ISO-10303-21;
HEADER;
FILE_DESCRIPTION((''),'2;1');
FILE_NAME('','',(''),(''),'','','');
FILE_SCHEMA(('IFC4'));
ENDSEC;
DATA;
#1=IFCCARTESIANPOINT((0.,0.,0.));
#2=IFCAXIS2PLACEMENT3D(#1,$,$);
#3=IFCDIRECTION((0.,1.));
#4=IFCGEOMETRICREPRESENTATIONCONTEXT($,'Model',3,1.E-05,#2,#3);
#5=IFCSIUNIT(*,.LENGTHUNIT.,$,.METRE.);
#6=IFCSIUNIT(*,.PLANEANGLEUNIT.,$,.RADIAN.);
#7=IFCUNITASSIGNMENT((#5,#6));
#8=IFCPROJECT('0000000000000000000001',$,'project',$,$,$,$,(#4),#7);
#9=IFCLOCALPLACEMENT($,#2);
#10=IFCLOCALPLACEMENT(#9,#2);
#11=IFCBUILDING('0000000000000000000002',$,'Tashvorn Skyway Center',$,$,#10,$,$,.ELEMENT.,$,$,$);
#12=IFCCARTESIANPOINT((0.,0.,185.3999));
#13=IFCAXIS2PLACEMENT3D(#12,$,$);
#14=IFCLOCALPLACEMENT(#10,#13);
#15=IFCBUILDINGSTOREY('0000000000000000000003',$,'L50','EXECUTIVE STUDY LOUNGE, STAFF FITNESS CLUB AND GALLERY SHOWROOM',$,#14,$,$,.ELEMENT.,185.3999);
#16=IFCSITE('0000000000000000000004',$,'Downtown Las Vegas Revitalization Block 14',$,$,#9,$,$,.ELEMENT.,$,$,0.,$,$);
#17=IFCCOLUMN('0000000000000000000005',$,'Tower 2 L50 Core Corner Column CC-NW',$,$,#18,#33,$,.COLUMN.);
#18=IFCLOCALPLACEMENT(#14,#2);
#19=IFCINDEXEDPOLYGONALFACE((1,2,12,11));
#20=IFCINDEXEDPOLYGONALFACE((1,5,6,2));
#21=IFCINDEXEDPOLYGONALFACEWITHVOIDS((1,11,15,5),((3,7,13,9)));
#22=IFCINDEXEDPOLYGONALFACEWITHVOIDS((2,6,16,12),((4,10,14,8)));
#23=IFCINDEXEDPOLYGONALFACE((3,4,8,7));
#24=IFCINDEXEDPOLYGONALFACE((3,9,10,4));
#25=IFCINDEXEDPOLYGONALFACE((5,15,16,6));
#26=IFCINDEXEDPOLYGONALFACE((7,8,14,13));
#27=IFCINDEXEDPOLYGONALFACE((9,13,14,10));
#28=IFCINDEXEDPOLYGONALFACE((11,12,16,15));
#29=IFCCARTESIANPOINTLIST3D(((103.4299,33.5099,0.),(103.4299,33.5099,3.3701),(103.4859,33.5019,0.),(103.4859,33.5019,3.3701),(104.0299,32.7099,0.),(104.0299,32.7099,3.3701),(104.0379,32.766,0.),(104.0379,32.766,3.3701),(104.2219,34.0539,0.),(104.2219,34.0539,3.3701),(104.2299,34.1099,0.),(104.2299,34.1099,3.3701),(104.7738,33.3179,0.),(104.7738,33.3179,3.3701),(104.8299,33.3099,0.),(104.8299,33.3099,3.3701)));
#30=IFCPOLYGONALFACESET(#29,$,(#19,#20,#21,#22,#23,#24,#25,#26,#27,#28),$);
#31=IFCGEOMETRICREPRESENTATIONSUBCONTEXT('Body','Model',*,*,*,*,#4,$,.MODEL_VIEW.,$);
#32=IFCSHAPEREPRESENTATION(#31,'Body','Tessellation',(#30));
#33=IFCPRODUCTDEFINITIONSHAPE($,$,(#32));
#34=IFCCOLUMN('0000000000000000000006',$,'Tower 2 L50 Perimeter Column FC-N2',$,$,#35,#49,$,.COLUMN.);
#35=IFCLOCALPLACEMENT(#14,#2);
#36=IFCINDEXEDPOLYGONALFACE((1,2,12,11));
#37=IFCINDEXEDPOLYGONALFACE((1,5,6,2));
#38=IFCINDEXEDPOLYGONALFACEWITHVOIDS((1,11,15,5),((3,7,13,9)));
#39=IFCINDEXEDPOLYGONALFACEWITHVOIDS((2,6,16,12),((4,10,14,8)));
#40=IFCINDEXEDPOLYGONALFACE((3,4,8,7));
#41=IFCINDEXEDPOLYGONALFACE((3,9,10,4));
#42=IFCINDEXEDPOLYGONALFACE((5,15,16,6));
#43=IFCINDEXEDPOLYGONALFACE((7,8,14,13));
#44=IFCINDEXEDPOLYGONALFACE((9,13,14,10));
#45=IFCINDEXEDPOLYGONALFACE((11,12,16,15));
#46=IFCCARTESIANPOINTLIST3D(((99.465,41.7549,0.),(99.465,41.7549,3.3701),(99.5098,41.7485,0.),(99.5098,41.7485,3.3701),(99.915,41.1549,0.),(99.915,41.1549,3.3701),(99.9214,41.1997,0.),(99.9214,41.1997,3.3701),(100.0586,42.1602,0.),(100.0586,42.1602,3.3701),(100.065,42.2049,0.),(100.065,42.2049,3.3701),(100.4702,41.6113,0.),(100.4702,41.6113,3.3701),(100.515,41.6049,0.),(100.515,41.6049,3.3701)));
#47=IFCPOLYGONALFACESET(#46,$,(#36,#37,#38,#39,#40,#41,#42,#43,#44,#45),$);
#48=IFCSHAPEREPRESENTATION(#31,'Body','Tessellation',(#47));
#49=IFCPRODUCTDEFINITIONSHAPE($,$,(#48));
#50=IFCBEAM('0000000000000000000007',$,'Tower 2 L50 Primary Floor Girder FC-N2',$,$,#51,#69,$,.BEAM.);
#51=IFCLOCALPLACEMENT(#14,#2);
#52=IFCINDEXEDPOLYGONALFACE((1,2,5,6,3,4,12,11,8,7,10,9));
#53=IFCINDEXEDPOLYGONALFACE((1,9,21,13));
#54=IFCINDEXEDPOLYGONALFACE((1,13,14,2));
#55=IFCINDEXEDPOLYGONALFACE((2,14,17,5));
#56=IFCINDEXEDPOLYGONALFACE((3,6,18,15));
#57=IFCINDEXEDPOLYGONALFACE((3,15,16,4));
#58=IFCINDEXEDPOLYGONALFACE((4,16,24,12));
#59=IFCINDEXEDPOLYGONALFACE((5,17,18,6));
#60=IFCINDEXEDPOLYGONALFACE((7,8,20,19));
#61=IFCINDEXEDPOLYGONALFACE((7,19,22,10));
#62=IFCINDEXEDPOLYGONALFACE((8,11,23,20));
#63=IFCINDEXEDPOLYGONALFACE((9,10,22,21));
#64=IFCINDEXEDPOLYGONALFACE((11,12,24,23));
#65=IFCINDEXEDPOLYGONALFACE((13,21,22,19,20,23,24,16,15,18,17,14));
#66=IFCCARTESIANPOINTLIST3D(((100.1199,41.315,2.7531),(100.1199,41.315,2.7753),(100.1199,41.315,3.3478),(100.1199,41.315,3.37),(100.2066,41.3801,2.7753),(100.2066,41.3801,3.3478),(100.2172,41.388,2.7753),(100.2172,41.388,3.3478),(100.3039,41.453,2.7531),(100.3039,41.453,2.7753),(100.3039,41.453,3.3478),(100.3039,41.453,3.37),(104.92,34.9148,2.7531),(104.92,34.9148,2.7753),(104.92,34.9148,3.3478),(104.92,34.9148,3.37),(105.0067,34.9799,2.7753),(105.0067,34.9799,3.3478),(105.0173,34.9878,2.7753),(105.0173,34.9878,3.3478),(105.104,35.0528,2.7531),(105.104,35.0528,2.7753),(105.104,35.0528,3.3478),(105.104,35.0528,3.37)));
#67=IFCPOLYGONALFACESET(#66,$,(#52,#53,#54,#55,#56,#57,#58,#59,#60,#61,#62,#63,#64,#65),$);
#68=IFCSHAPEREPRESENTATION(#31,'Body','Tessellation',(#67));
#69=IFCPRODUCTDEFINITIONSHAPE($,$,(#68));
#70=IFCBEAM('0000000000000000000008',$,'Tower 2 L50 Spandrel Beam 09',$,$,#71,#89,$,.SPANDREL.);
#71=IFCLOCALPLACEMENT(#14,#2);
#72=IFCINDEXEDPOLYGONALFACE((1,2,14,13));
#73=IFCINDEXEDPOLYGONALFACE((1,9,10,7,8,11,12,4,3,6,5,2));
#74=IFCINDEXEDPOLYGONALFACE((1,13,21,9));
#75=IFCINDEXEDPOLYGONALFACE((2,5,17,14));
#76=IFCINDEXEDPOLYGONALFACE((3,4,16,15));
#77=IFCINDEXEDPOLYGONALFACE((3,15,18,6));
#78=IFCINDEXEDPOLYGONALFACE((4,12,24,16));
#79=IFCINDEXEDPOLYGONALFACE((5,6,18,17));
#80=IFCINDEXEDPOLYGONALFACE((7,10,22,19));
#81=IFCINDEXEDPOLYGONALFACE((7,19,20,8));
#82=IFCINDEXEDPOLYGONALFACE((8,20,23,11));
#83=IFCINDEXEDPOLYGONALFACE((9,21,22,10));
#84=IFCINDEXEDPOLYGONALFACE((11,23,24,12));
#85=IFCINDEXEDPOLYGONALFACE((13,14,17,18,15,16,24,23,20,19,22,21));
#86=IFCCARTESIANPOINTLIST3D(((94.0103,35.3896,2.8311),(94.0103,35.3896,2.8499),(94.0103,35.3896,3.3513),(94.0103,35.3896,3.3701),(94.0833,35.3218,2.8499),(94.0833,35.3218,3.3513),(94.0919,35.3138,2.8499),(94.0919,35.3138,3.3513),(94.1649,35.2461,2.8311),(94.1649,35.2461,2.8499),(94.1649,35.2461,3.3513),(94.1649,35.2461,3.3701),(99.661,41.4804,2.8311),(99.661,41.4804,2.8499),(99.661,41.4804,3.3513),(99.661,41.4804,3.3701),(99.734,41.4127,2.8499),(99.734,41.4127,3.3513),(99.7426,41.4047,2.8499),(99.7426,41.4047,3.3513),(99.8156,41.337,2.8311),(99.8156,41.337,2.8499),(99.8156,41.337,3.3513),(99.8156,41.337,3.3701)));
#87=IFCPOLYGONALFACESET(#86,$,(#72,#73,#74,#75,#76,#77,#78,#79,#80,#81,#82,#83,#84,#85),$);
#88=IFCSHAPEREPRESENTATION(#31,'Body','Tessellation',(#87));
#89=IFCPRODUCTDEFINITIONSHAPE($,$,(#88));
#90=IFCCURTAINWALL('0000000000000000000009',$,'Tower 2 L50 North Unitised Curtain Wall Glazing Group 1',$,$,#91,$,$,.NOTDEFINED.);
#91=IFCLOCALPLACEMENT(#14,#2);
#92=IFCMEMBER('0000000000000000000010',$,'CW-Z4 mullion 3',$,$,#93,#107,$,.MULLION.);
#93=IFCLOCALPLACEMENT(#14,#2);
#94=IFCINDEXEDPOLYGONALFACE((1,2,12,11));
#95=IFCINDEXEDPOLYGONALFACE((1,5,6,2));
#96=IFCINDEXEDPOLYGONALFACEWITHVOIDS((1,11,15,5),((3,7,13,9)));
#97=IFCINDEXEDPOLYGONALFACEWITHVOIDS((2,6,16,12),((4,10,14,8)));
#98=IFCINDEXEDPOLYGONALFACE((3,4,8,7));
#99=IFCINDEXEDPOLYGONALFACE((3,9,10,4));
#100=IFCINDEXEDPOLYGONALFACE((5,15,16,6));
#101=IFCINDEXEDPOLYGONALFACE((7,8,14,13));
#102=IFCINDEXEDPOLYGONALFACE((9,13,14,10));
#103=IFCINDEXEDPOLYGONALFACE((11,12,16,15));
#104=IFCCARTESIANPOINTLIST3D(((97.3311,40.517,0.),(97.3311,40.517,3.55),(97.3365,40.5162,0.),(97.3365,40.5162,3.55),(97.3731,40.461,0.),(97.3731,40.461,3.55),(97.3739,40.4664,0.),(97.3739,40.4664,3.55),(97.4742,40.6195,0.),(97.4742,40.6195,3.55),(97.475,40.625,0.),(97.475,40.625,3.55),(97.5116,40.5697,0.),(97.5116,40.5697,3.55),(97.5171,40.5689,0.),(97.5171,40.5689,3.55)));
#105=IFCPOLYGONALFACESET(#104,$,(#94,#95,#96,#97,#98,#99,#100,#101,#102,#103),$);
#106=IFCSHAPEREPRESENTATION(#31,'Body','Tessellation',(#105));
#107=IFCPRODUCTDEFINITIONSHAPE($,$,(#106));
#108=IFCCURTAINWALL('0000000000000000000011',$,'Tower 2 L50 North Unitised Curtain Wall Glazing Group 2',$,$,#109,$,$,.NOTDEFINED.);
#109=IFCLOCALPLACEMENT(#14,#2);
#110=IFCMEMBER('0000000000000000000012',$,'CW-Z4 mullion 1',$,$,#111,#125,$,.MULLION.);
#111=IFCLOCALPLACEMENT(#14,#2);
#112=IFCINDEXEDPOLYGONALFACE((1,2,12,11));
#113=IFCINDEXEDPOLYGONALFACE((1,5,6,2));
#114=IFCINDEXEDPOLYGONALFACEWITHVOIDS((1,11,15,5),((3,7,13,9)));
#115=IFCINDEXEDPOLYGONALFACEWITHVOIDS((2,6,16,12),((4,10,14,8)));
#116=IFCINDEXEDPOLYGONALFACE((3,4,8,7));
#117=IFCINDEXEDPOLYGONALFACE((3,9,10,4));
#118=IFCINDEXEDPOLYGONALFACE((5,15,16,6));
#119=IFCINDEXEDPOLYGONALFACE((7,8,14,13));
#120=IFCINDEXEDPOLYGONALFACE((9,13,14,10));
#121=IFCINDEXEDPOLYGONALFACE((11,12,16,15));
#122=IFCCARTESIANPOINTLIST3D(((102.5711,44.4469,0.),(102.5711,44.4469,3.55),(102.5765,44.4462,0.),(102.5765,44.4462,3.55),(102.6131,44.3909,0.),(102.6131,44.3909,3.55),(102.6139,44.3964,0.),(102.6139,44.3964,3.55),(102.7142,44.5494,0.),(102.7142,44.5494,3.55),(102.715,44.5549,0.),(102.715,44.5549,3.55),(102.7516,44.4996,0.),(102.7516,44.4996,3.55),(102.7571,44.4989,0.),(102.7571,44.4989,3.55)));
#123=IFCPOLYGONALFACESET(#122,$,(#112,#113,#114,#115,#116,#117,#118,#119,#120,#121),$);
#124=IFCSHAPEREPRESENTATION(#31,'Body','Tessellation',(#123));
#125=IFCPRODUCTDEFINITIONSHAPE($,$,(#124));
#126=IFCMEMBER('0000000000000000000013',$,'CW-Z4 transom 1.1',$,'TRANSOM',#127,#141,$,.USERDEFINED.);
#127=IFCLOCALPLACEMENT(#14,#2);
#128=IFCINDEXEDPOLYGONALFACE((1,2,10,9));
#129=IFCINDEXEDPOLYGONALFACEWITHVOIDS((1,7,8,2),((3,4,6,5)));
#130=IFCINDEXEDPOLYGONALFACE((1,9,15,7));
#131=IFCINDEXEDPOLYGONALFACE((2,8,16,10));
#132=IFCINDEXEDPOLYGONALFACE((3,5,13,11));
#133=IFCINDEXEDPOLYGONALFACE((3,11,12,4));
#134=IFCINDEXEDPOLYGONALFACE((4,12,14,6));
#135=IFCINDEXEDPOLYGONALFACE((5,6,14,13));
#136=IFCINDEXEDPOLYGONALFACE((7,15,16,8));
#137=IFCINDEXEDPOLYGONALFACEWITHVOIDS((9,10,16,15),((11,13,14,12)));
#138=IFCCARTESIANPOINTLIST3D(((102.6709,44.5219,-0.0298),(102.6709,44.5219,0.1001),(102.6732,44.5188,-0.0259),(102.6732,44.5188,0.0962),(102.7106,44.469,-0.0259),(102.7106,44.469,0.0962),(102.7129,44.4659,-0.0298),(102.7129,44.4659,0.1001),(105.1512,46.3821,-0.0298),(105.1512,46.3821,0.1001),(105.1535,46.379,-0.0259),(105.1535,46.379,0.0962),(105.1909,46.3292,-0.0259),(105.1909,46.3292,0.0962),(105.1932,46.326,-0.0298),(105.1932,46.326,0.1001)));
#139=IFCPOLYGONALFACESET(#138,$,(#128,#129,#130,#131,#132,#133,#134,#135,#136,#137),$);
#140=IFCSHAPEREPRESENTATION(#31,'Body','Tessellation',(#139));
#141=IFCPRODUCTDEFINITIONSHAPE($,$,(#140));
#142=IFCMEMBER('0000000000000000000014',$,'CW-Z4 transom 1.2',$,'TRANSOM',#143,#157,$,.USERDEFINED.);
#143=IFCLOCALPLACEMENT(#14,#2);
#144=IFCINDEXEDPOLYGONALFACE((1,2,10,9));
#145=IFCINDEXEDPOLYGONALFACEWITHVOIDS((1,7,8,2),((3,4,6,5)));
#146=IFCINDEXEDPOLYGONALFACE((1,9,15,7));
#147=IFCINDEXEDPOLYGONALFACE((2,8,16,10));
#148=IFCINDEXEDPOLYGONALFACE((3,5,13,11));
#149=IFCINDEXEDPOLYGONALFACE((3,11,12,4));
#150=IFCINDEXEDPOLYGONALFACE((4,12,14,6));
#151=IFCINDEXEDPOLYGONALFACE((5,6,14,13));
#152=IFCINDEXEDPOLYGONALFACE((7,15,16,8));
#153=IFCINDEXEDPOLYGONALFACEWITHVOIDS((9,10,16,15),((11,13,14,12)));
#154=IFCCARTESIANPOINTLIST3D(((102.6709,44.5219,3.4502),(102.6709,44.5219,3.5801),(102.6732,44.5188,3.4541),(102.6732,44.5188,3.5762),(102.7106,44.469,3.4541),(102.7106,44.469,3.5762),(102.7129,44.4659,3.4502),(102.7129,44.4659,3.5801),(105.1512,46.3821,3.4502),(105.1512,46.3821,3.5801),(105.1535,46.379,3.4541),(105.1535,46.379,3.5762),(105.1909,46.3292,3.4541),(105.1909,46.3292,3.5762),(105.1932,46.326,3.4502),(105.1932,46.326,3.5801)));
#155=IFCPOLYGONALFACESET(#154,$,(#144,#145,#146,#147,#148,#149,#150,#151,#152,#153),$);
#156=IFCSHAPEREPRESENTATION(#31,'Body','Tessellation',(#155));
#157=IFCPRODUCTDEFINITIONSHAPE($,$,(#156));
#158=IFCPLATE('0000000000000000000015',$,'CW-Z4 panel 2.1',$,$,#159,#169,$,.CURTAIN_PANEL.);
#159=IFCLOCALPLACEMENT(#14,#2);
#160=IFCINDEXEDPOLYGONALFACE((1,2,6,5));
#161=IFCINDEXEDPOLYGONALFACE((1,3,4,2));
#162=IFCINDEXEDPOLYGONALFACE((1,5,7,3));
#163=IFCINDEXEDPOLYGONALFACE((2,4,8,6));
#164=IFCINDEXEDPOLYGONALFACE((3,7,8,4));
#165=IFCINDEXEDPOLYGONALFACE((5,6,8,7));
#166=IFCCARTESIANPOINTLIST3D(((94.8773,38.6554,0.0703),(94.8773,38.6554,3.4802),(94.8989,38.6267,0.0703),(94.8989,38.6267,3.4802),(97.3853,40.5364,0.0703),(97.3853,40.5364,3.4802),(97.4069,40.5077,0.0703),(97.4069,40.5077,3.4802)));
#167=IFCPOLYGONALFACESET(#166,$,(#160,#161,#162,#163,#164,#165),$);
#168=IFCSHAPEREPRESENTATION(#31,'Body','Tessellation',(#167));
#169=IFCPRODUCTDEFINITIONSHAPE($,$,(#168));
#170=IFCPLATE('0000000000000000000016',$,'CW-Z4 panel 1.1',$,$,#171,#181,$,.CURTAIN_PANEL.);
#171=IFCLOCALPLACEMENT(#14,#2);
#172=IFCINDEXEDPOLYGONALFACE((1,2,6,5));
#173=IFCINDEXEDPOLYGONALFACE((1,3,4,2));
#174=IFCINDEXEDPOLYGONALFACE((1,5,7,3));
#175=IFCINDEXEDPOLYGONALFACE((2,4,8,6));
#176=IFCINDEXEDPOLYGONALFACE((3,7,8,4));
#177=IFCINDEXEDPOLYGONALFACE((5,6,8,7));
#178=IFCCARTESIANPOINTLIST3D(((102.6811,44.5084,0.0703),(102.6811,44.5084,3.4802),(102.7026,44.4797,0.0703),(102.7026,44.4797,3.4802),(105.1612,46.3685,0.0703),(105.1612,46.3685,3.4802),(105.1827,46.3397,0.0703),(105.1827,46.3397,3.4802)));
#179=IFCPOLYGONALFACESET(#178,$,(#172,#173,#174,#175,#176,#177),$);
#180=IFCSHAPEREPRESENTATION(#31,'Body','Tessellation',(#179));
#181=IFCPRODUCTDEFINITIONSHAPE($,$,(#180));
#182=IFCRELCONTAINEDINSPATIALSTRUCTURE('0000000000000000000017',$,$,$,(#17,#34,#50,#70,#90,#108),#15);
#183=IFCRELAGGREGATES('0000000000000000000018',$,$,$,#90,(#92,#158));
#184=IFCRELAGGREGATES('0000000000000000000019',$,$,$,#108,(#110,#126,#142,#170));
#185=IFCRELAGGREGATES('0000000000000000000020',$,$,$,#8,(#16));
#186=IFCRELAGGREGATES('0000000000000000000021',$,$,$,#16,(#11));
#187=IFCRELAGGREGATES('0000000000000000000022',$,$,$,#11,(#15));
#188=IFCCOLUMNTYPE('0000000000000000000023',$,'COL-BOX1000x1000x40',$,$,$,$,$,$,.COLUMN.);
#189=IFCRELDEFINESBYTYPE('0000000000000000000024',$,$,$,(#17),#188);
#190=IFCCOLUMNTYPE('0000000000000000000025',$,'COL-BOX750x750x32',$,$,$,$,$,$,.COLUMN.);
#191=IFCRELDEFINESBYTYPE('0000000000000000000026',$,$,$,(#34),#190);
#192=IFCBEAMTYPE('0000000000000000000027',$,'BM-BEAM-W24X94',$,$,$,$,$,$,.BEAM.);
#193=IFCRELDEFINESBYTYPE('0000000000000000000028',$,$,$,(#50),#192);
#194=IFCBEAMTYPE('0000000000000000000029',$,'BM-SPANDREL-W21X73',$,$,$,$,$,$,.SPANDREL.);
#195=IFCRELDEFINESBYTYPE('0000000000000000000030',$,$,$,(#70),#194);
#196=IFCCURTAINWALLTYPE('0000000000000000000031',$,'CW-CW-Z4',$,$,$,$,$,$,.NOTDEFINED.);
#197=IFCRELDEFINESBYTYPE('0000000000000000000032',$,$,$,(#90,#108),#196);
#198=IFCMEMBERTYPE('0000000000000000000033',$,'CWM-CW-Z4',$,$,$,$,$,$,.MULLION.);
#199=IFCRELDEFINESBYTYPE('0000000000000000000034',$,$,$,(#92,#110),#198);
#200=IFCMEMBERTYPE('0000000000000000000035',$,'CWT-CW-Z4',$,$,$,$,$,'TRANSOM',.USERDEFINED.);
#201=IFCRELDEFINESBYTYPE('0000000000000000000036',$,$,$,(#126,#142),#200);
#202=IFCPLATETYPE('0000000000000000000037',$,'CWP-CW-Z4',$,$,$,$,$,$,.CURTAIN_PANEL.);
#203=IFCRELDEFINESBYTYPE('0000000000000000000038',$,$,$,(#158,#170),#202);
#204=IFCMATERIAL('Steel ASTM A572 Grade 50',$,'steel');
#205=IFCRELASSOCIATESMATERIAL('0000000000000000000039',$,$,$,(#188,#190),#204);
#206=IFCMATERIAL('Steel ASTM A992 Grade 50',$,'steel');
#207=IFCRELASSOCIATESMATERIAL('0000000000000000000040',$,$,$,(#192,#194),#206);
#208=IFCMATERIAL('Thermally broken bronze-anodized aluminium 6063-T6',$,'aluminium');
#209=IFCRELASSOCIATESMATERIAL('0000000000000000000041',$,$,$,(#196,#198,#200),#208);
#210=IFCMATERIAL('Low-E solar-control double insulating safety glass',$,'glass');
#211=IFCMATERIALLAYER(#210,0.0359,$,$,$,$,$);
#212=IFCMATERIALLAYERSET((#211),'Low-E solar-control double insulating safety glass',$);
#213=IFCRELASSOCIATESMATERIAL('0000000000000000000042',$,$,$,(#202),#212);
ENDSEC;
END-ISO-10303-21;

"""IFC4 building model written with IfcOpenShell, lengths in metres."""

from ifc_helpers import new_model, si_unit, direction, frame, origin, origin_2d, place, context, subcontext, project, spatial, rectangle, hollow_rectangle, i_section, extrude, material, layer, layer_set, material_profile, profile_set, type_object, element, aggregate, save


model = new_model("IFC4")

# Units and contexts
model_context = context("Model", 3, precision=1e-05, world=origin(), true_north=direction((0.0, 1.0)))
body_context = subcontext(model_context, "Body", "Model", "MODEL_VIEW")
ifc_project = project(units=[si_unit("LENGTHUNIT", "METRE"), si_unit("PLANEANGLEUNIT", "RADIAN")], contexts=[model_context])

# Site, building, storey
site_placement = place(None, origin())
site = spatial("IfcSite", under=ifc_project, at=site_placement, Name="Downtown Las Vegas Revitalization Block 14", CompositionType="ELEMENT", RefElevation=0.0)
building_placement = place(site_placement, origin())
building = spatial("IfcBuilding", under=site, at=building_placement, Name="Tashvorn Skyway Center", CompositionType="ELEMENT")
storey_placement = place(building_placement, frame((0.0, 0.0, 185.3999)))
storey = spatial("IfcBuildingStorey", under=building, at=storey_placement, Name="L50", Description="EXECUTIVE STUDY LOUNGE, STAFF FITNESS CLUB AND GALLERY SHOWROOM", CompositionType="ELEMENT", Elevation=185.3999)

# Columns
ifc_material_1 = material(Name="Steel ASTM A572 Grade 50", Category="steel")
ifc_material_profile_1 = material_profile(ifc_material_1, hollow_rectangle(XDim=1.0, YDim=1.0, WallThickness=0.04, at=origin_2d()), Name="BOX1000x1000x40")
ifc_profile_set_1 = profile_set([ifc_material_profile_1], Name="Steel ASTM A572 Grade 50")
column_type_1 = type_object("IfcColumnType", Name="COL-BOX1000x1000x40", PredefinedType="COLUMN", material=ifc_profile_set_1)
column_1_placement = place(storey_placement, frame((104.1299, 33.4099, 0.0), z_axis=(0.0, 0.0, 1.0), x_axis=(0.8, 0.6, 0.0)))
element("IfcColumn", 1, at=column_1_placement, inside=storey, type_object=column_type_1, Name="Tower 2 L50 Core Corner Column CC-NW", PredefinedType="COLUMN", context=body_context, shape_type="SweptSolid", body=[
    extrude(hollow_rectangle(XDim=1.0, YDim=1.0, WallThickness=0.04, at=origin_2d()), origin(), (0.0, 0.0, 1.0), 3.3701),
])
ifc_material_profile_2 = material_profile(ifc_material_1, hollow_rectangle(XDim=0.75, YDim=0.75, WallThickness=0.032, at=origin_2d()), Name="BOX750x750x32")
ifc_profile_set_2 = profile_set([ifc_material_profile_2], Name="Steel ASTM A572 Grade 50")
column_type_2 = type_object("IfcColumnType", Name="COL-BOX750x750x32", PredefinedType="COLUMN", material=ifc_profile_set_2)
column_2_placement = place(storey_placement, frame((99.99, 41.6799, 0.0), z_axis=(0.0, 0.0, 1.0), x_axis=(0.8, 0.6, 0.0)))
element("IfcColumn", 2, at=column_2_placement, inside=storey, type_object=column_type_2, Name="Tower 2 L50 Perimeter Column FC-N2", PredefinedType="COLUMN", context=body_context, shape_type="SweptSolid", body=[
    extrude(hollow_rectangle(XDim=0.75, YDim=0.75, WallThickness=0.032, at=origin_2d()), origin(), (0.0, 0.0, 1.0), 3.3701),
])

# Beams
ifc_material_2 = material(Name="Steel ASTM A992 Grade 50", Category="steel")
ifc_material_profile_3 = material_profile(ifc_material_2, i_section(OverallWidth=0.23, OverallDepth=0.6169, WebThickness=0.0132, FlangeThickness=0.0222, at=origin_2d()), Name="W24X94")
ifc_profile_set_3 = profile_set([ifc_material_profile_3], Name="Steel ASTM A992 Grade 50")
beam_type_1 = type_object("IfcBeamType", Name="BM-BEAM-W24X94", PredefinedType="BEAM", material=ifc_profile_set_3)
beam_1_placement = place(storey_placement, frame((100.2119, 41.384, 3.0615), z_axis=(0.599995, -0.800004, 0.0), x_axis=(0.800004, 0.599995, 0.0)))
element("IfcBeam", 3, at=beam_1_placement, inside=storey, type_object=beam_type_1, Name="Tower 2 L50 Primary Floor Girder FC-N2", PredefinedType="BEAM", context=body_context, shape_type="SweptSolid", body=[
    extrude(i_section(OverallWidth=0.23, OverallDepth=0.6169, WebThickness=0.0132, FlangeThickness=0.0222, at=origin_2d()), origin(), (0.0, 0.0, 1.0), 8.0002),
])
ifc_material_profile_4 = material_profile(ifc_material_2, i_section(OverallWidth=0.2109, OverallDepth=0.5391, WebThickness=0.0117, FlangeThickness=0.0188, at=origin_2d()), Name="W21X73")
ifc_profile_set_4 = profile_set([ifc_material_profile_4], Name="Steel ASTM A992 Grade 50")
beam_type_2 = type_object("IfcBeamType", Name="BM-SPANDREL-W21X73", PredefinedType="SPANDREL", material=ifc_profile_set_4)
beam_2_placement = place(storey_placement, frame((99.7383, 41.4087, 3.1006), z_axis=(-0.68012, -0.733101, 0.0), x_axis=(0.733101, -0.68012, 0.0)))
element("IfcBeam", 4, at=beam_2_placement, inside=storey, type_object=beam_type_2, Name="Tower 2 L50 Spandrel Beam 09", PredefinedType="SPANDREL", context=body_context, shape_type="SweptSolid", body=[
    extrude(i_section(OverallWidth=0.2109, OverallDepth=0.5391, WebThickness=0.0117, FlangeThickness=0.0188, at=origin_2d()), origin(), (0.0, 0.0, 1.0), 8.3083),
])

# Curtain wall, member
ifc_material_3 = material(Name="Thermally broken bronze-anodized aluminium 6063-T6", Category="aluminium")
curtain_wall_type = type_object("IfcCurtainWallType", Name="CW-CW-Z4", PredefinedType="NOTDEFINED", material=ifc_material_3)
curtain_wall_1_placement = place(storey_placement, origin())
curtain_wall_1 = element("IfcCurtainWall", 5, at=curtain_wall_1_placement, inside=storey, type_object=curtain_wall_type, Name="Tower 2 L50 North Unitised Curtain Wall Glazing Group 1", PredefinedType="NOTDEFINED")
ifc_material_profile_5 = material_profile(ifc_material_3, hollow_rectangle(XDim=0.0701, YDim=0.1799, WallThickness=0.0039, at=origin_2d()), Name="ALU-MULL-70x180")
ifc_profile_set_5 = profile_set([ifc_material_profile_5], Name="Thermally broken bronze-anodized aluminium 6063-T6")
member_type_1 = type_object("IfcMemberType", Name="CWM-CW-Z4", PredefinedType="MULLION", material=ifc_profile_set_5)
member_1_placement = place(storey_placement, frame((97.4241, 40.543, 0.0), z_axis=(0.0, 0.0, 1.0), x_axis=(-0.6, 0.8, 0.0)))
member_1 = element("IfcMember", 6, at=member_1_placement, type_object=member_type_1, Name="CW-Z4 mullion 3", PredefinedType="MULLION", context=body_context, shape_type="SweptSolid", body=[
    extrude(hollow_rectangle(XDim=0.0701, YDim=0.1799, WallThickness=0.0039, at=origin_2d()), origin(), (0.0, 0.0, 1.0), 3.55),
])

# Curtain wall, members
curtain_wall_2_placement = place(storey_placement, origin())
curtain_wall_2 = element("IfcCurtainWall", 7, at=curtain_wall_2_placement, inside=storey, type_object=curtain_wall_type, Name="Tower 2 L50 North Unitised Curtain Wall Glazing Group 2", PredefinedType="NOTDEFINED")
member_2_placement = place(storey_placement, frame((102.6641, 44.4729, 0.0), z_axis=(0.0, 0.0, 1.0), x_axis=(-0.6, 0.8, 0.0)))
member_2 = element("IfcMember", 8, at=member_2_placement, type_object=member_type_1, Name="CW-Z4 mullion 1", PredefinedType="MULLION", context=body_context, shape_type="SweptSolid", body=[
    extrude(hollow_rectangle(XDim=0.0701, YDim=0.1799, WallThickness=0.0039, at=origin_2d()), origin(), (0.0, 0.0, 1.0), 3.55),
])
ifc_material_profile_6 = material_profile(ifc_material_3, hollow_rectangle(XDim=0.0701, YDim=0.1299, WallThickness=0.0039, at=origin_2d()), Name="ALU-TRAN-70x130")
ifc_profile_set_6 = profile_set([ifc_material_profile_6], Name="Thermally broken bronze-anodized aluminium 6063-T6")
member_type_2 = type_object("IfcMemberType", Name="CWT-CW-Z4", ElementType="TRANSOM", PredefinedType="USERDEFINED", material=ifc_profile_set_6)
member_3_placement = place(storey_placement, frame((102.6919, 44.4939, 0.0352), z_axis=(0.800009, 0.599987, 0.0), x_axis=(-0.599987, 0.800009, 0.0)))
member_3 = element("IfcMember", 9, at=member_3_placement, type_object=member_type_2, Name="CW-Z4 transom 1.1", ObjectType="TRANSOM", PredefinedType="USERDEFINED", context=body_context, shape_type="SweptSolid", body=[
    extrude(hollow_rectangle(XDim=0.0701, YDim=0.1299, WallThickness=0.0039, at=origin_2d()), origin(), (0.0, 0.0, 1.0), 3.1003),
])
member_4_placement = place(storey_placement, frame((102.6919, 44.4939, 3.5151), z_axis=(0.800009, 0.599987, 0.0), x_axis=(-0.599987, 0.800009, 0.0)))
member_4 = element("IfcMember", 10, at=member_4_placement, type_object=member_type_2, Name="CW-Z4 transom 1.2", ObjectType="TRANSOM", PredefinedType="USERDEFINED", context=body_context, shape_type="SweptSolid", body=[
    extrude(hollow_rectangle(XDim=0.0701, YDim=0.1299, WallThickness=0.0039, at=origin_2d()), origin(), (0.0, 0.0, 1.0), 3.1003),
])

# Plates
ifc_material_4 = material(Name="Low-E solar-control double insulating safety glass", Category="glass")
ifc_layer_1 = layer(ifc_material_4, 0.0359)
ifc_layer_set_1 = layer_set([ifc_layer_1], Name="Low-E solar-control double insulating safety glass")
plate_type = type_object("IfcPlateType", Name="CWP-CW-Z4", PredefinedType="CURTAIN_PANEL", material=ifc_layer_set_1)
plate_1_placement = place(storey_placement, frame((96.1421, 39.5815, 0.0703), z_axis=(0.0, 0.0, 1.0), x_axis=(0.8, 0.6, 0.0)))
plate_1 = element("IfcPlate", 11, at=plate_1_placement, type_object=plate_type, Name="CW-Z4 panel 2.1", PredefinedType="CURTAIN_PANEL", context=body_context, shape_type="SweptSolid", body=[
    extrude(rectangle(XDim=3.135, YDim=0.0359, at=origin_2d()), origin(), (0.0, 0.0, 1.0), 3.4099),
])
aggregate(curtain_wall_1, [member_1, plate_1])
plate_2_placement = place(storey_placement, frame((103.9319, 45.4241, 0.0703), z_axis=(0.0, 0.0, 1.0), x_axis=(0.8, 0.6, 0.0)))
plate_2 = element("IfcPlate", 12, at=plate_2_placement, type_object=plate_type, Name="CW-Z4 panel 1.1", PredefinedType="CURTAIN_PANEL", context=body_context, shape_type="SweptSolid", body=[
    extrude(rectangle(XDim=3.1001, YDim=0.0359, at=origin_2d()), origin(), (0.0, 0.0, 1.0), 3.4099),
])
aggregate(curtain_wall_2, [member_2, member_3, member_4, plate_2])

save(model, "model.ifc")
